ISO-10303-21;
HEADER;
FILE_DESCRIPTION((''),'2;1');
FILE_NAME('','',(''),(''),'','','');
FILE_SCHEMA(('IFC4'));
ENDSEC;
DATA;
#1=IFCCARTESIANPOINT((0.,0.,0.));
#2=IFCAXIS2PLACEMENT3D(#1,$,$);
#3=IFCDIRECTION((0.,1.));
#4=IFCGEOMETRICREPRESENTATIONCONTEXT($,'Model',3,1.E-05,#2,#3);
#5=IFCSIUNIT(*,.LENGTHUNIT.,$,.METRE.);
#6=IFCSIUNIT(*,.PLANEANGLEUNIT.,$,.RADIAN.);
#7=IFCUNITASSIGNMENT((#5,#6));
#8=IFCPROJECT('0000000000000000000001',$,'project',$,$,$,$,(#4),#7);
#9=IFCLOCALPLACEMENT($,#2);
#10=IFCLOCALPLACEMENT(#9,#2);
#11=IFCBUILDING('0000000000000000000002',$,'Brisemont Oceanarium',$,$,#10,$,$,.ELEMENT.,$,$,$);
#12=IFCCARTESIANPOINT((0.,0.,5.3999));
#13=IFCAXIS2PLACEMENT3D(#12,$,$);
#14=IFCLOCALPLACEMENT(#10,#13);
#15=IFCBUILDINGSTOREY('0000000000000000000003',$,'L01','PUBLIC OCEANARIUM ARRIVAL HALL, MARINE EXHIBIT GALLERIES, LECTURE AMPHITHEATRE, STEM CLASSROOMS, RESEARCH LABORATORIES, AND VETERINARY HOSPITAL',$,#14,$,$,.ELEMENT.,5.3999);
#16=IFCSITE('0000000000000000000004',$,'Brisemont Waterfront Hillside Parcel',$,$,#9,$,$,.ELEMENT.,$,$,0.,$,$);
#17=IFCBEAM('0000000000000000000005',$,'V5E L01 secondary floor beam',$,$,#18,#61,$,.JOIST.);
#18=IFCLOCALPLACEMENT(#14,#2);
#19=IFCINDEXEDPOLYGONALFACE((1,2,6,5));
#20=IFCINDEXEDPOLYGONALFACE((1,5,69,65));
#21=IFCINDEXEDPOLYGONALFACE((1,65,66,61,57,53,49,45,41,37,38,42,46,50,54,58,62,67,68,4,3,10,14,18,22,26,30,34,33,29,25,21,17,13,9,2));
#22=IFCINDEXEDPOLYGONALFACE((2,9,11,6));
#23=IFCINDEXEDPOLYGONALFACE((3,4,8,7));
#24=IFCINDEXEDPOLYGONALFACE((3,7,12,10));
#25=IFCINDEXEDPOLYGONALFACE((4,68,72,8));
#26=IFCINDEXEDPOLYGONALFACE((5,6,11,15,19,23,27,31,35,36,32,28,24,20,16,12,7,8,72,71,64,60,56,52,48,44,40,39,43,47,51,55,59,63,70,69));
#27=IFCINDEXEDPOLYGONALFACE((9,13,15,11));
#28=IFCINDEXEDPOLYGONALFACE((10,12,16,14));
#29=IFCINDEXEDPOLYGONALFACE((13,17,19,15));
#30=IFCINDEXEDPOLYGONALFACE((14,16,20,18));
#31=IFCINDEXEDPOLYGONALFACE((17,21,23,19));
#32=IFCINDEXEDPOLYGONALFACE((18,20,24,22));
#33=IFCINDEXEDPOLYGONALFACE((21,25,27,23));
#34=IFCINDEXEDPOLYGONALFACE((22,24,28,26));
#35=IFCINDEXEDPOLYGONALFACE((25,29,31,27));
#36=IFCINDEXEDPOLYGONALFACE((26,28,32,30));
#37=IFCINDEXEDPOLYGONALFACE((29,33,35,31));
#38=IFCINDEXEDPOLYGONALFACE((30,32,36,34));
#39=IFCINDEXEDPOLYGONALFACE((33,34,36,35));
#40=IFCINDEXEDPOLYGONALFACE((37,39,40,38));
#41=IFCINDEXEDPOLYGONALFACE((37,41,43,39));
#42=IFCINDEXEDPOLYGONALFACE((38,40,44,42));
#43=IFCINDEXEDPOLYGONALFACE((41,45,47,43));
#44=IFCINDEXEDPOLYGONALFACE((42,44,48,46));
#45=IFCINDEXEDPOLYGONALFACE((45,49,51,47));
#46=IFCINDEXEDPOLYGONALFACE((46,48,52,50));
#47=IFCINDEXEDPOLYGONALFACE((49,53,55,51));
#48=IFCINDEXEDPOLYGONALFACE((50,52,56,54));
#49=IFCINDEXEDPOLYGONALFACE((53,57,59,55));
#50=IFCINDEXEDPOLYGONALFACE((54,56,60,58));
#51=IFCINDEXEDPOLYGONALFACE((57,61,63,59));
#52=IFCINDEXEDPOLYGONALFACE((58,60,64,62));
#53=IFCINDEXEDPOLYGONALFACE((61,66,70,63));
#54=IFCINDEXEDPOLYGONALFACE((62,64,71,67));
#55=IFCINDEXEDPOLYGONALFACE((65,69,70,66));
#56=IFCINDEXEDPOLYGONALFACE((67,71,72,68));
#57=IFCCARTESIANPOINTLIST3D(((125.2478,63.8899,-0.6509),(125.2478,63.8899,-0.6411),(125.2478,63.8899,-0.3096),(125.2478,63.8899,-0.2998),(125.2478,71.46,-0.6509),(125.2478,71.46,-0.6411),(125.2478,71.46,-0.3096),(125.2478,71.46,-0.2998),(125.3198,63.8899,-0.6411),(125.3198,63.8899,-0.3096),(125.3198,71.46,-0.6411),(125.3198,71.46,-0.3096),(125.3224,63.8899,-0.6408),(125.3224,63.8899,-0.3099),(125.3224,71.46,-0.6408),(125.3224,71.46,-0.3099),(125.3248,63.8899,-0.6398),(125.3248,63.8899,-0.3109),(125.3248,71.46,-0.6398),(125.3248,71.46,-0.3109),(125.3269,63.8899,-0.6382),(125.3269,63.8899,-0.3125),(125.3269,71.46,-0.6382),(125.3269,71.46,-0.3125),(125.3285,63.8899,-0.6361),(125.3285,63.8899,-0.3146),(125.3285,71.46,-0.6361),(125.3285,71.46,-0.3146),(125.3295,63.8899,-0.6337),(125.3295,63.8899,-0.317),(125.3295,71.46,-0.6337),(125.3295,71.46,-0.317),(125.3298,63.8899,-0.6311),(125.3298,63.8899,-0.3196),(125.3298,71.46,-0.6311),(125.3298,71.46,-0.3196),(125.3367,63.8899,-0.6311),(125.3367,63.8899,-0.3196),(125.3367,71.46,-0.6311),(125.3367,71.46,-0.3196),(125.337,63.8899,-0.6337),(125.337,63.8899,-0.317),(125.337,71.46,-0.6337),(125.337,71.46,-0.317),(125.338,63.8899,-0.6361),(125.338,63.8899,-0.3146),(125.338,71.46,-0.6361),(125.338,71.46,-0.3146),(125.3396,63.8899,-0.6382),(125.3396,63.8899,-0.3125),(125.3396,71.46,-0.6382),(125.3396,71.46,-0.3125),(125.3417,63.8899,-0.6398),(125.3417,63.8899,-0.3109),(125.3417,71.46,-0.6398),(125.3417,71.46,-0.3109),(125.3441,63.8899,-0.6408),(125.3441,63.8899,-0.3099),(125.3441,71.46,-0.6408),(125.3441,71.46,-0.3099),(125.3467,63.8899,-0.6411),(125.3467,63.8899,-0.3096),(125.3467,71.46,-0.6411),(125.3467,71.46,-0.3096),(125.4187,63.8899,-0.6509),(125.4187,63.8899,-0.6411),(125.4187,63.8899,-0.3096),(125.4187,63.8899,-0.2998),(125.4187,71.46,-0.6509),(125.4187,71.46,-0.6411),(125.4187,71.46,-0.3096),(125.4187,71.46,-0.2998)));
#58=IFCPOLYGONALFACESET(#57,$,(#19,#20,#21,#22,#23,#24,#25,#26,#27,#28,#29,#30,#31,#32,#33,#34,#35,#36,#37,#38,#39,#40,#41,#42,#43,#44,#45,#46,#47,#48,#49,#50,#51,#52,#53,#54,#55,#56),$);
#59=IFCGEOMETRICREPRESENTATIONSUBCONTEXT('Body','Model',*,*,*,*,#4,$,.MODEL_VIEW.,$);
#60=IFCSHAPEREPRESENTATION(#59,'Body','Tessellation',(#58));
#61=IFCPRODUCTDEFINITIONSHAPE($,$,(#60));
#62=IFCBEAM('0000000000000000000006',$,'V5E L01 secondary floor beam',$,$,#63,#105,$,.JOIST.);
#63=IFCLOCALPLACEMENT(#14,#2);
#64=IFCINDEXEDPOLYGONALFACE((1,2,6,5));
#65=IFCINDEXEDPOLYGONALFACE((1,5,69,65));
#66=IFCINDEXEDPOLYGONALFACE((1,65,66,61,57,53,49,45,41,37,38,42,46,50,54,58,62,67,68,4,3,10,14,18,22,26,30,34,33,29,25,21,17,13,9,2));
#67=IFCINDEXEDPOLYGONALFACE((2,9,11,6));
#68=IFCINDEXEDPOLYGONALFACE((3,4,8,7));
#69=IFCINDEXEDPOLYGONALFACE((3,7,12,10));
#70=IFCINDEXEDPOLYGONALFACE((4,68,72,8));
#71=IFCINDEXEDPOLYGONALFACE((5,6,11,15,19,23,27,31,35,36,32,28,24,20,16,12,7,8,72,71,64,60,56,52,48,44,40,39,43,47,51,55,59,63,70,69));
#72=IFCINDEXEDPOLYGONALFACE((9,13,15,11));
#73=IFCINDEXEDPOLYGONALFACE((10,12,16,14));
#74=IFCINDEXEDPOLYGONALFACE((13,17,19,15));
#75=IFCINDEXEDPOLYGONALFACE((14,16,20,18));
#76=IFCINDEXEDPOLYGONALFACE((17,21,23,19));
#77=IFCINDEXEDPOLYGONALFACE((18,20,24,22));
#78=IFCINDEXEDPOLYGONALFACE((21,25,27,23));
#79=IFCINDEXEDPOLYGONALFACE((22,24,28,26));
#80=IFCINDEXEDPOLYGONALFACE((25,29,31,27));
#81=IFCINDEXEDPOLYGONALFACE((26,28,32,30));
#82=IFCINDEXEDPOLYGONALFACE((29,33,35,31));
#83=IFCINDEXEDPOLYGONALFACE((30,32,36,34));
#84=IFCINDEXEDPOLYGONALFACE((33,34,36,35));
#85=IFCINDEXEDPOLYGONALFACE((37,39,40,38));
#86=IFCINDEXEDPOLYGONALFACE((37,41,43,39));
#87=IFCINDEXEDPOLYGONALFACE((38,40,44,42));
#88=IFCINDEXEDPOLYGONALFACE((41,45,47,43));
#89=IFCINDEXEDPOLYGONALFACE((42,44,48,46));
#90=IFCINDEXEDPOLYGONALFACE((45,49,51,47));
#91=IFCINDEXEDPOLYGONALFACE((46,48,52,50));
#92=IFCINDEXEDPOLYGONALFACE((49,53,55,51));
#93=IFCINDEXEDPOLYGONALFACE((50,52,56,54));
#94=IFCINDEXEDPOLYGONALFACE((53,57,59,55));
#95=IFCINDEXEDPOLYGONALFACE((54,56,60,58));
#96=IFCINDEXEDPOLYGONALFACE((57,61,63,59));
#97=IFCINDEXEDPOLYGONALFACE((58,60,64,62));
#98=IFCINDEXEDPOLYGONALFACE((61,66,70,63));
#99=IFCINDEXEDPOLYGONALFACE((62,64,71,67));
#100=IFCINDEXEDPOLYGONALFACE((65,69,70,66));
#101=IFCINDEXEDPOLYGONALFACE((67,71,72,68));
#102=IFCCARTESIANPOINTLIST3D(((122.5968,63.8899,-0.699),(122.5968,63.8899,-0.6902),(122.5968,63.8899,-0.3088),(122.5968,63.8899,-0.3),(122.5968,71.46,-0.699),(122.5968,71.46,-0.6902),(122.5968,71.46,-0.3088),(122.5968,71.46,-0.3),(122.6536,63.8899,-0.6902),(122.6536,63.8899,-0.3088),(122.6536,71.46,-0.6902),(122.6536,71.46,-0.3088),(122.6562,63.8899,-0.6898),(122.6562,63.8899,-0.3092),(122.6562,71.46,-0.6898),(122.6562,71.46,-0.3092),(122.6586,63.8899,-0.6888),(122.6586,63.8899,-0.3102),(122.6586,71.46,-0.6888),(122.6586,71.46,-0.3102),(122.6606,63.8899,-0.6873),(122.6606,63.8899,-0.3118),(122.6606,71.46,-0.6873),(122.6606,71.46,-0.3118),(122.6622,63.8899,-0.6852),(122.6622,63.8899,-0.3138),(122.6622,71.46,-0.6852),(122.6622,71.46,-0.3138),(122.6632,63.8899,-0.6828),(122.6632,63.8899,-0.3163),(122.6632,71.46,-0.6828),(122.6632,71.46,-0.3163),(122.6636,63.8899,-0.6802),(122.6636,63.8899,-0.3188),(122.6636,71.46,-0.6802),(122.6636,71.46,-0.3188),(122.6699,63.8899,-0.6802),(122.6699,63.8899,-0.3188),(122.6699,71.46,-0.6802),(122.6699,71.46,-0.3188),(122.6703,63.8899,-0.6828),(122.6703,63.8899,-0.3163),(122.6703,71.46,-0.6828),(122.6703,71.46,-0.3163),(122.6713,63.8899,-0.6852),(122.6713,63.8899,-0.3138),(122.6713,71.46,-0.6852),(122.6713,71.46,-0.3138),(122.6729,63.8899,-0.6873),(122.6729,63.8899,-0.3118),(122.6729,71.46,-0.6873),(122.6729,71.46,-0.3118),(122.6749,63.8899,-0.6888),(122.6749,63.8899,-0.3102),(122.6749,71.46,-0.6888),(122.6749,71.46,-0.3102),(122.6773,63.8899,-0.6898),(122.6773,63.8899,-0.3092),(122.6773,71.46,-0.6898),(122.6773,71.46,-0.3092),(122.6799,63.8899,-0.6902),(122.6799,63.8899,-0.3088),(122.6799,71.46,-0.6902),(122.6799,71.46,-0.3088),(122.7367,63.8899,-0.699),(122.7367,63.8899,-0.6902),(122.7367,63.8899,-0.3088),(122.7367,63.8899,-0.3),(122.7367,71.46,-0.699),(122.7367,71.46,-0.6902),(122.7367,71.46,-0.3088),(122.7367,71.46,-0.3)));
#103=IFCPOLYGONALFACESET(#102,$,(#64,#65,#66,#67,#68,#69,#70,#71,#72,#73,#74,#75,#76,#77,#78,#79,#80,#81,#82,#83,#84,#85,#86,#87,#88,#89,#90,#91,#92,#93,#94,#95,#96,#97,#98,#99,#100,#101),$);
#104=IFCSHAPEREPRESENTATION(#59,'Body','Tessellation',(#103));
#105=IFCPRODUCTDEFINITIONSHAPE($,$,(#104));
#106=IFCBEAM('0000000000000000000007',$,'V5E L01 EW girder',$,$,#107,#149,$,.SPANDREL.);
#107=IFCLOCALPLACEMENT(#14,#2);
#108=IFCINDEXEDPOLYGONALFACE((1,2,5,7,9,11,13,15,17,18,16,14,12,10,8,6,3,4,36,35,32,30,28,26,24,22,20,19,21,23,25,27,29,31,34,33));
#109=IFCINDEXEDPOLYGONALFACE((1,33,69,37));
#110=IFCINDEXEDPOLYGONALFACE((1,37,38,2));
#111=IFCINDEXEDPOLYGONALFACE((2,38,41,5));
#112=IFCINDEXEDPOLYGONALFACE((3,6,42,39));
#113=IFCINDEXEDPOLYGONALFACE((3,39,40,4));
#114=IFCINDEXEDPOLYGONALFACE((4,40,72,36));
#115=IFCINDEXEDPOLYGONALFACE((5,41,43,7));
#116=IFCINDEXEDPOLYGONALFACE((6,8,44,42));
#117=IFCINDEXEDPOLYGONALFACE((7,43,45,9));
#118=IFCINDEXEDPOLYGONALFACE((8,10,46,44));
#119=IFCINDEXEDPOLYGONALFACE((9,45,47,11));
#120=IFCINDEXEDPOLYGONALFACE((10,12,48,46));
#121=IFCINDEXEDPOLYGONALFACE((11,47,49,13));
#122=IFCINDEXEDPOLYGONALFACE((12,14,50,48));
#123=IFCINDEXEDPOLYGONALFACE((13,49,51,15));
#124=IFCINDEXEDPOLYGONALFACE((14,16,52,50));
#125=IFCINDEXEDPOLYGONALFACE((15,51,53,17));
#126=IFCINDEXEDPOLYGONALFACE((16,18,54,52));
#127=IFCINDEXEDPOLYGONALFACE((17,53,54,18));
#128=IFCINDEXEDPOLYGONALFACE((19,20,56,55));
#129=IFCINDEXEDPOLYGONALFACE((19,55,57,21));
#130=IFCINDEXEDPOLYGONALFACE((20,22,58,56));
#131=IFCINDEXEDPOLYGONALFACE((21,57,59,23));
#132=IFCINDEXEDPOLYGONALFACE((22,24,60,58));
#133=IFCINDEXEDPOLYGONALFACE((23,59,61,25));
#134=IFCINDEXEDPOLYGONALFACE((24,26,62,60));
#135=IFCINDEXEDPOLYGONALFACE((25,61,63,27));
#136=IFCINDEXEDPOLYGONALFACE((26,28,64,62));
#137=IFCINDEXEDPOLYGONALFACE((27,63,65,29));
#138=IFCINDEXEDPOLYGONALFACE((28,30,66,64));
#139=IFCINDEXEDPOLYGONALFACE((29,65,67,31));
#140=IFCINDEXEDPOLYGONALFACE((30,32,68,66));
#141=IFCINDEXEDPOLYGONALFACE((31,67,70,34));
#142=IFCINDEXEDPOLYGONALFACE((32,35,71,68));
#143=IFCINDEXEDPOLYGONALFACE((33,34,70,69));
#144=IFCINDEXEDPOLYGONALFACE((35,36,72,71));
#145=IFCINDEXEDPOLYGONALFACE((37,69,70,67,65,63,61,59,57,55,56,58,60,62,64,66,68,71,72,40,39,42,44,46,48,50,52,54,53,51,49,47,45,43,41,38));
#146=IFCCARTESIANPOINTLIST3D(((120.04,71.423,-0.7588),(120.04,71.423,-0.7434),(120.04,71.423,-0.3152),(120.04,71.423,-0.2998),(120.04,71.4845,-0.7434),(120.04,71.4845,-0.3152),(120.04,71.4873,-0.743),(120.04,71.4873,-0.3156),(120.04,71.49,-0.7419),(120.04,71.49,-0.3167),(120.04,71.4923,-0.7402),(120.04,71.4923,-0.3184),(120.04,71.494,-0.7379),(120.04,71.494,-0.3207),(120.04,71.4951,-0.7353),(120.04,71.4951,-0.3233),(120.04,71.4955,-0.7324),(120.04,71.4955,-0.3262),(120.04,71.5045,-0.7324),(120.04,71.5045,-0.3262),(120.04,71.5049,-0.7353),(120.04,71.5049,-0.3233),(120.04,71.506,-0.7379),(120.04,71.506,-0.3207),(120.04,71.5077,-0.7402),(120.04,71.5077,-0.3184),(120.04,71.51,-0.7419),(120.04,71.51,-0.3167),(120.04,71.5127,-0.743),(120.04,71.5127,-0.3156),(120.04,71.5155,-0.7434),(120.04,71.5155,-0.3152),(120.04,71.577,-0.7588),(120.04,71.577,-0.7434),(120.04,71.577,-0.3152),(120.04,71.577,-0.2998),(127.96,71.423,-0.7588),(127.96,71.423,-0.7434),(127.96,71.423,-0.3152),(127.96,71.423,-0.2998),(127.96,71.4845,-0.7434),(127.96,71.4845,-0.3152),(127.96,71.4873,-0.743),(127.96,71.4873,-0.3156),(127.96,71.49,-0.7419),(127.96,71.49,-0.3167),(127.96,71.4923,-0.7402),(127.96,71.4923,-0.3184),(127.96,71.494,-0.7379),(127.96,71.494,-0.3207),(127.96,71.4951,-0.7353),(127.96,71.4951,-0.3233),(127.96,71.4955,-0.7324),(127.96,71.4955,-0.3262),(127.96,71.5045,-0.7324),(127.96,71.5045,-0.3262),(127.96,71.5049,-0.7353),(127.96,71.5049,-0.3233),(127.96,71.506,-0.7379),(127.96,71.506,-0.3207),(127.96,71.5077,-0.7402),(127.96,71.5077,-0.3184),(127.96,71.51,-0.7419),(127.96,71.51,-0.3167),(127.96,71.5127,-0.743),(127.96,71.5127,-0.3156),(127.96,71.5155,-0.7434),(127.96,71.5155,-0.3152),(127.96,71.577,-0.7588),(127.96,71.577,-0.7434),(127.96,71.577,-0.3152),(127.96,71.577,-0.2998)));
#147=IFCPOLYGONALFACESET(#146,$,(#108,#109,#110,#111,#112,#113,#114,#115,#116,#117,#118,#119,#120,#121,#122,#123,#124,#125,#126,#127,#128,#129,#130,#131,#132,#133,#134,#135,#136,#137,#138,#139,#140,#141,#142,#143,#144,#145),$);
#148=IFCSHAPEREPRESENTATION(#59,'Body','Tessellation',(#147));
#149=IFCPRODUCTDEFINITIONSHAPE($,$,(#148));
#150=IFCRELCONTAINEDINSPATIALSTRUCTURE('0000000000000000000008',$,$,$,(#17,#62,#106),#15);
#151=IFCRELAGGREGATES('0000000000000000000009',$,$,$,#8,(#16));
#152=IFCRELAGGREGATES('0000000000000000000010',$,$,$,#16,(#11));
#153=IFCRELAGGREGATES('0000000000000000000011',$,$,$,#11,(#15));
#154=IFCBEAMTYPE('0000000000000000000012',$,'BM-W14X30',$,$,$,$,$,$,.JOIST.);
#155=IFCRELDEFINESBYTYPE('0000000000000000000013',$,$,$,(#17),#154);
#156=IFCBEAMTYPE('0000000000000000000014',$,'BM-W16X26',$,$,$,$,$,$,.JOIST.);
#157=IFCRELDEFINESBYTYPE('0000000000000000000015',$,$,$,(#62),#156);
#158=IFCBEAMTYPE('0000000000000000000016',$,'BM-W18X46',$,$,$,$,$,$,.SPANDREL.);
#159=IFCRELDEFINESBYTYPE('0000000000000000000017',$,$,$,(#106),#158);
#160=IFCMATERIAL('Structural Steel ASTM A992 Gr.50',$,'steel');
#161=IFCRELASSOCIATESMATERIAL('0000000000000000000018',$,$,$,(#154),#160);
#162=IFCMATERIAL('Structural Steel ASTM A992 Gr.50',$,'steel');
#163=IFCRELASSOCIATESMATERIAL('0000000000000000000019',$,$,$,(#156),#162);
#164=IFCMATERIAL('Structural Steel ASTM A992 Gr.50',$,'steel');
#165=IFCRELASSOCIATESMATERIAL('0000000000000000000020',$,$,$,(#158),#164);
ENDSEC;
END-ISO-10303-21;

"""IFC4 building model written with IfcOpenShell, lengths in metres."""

from ifc_helpers import new_model, si_unit, direction, frame, origin, origin_2d, place, context, subcontext, project, spatial, i_section, extrude, material, material_profile, profile_set, type_object, element, save


model = new_model("IFC4")

# Units and contexts
model_context = context("Model", 3, precision=1e-05, world=origin(), true_north=direction((0.0, 1.0)))
body_context = subcontext(model_context, "Body", "Model", "MODEL_VIEW")
ifc_project = project(units=[si_unit("LENGTHUNIT", "METRE"), si_unit("PLANEANGLEUNIT", "RADIAN")], contexts=[model_context])

# Site, building, storey
site_placement = place(None, origin())
site = spatial("IfcSite", under=ifc_project, at=site_placement, Name="Brisemont Waterfront Hillside Parcel", CompositionType="ELEMENT", RefElevation=0.0)
building_placement = place(site_placement, origin())
building = spatial("IfcBuilding", under=site, at=building_placement, Name="Brisemont Oceanarium", CompositionType="ELEMENT")
storey_placement = place(building_placement, frame((0.0, 0.0, 5.3999)))
storey = spatial("IfcBuildingStorey", under=building, at=storey_placement, Name="L01", Description="PUBLIC OCEANARIUM ARRIVAL HALL, MARINE EXHIBIT GALLERIES, LECTURE AMPHITHEATRE, STEM CLASSROOMS, RESEARCH LABORATORIES, AND VETERINARY HOSPITAL", CompositionType="ELEMENT", Elevation=5.3999)

# Beams
ifc_material_1 = material(Name="Structural Steel ASTM A992 Gr.50", Category="steel")
ifc_material_profile_1 = material_profile(ifc_material_1, i_section(OverallWidth=0.1709, OverallDepth=0.3511, WebThickness=0.0068, FlangeThickness=0.0098, FilletRadius=0.01, at=origin_2d()), Name="W14X30")
ifc_profile_set_1 = profile_set([ifc_material_profile_1], Name="Structural Steel ASTM A992 Gr.50")
beam_type_1 = type_object("IfcBeamType", Name="BM-W14X30", PredefinedType="JOIST", material=ifc_profile_set_1)
beam_1_placement = place(storey_placement, frame((125.3333, 63.8899, -0.4753), z_axis=(0.0, 1.0, 0.0), x_axis=(-1.0, 0.0, 0.0)))
element("IfcBeam", 1, at=beam_1_placement, inside=storey, type_object=beam_type_1, Name="V5E L01 secondary floor beam", PredefinedType="JOIST", context=body_context, shape_type="SweptSolid", body=[
    extrude(i_section(OverallWidth=0.1709, OverallDepth=0.3511, WebThickness=0.0068, FlangeThickness=0.0098, FilletRadius=0.01, at=origin_2d()), origin(), (0.0, 0.0, 1.0), 7.5701),
])
ifc_material_2 = material(Name="Structural Steel ASTM A992 Gr.50", Category="steel")
ifc_material_profile_2 = material_profile(ifc_material_2, i_section(OverallWidth=0.1399, OverallDepth=0.3989, WebThickness=0.0063, FlangeThickness=0.0088, FilletRadius=0.01, at=origin_2d()), Name="W16X26")
ifc_profile_set_2 = profile_set([ifc_material_profile_2], Name="Structural Steel ASTM A992 Gr.50")
beam_type_2 = type_object("IfcBeamType", Name="BM-W16X26", PredefinedType="JOIST", material=ifc_profile_set_2)
beam_2_placement = place(storey_placement, frame((122.6667, 63.8899, -0.4995), z_axis=(0.0, 1.0, 0.0), x_axis=(-1.0, 0.0, 0.0)))
element("IfcBeam", 2, at=beam_2_placement, inside=storey, type_object=beam_type_2, Name="V5E L01 secondary floor beam", PredefinedType="JOIST", context=body_context, shape_type="SweptSolid", body=[
    extrude(i_section(OverallWidth=0.1399, OverallDepth=0.3989, WebThickness=0.0063, FlangeThickness=0.0088, FilletRadius=0.01, at=origin_2d()), origin(), (0.0, 0.0, 1.0), 7.5701),
])
ifc_material_3 = material(Name="Structural Steel ASTM A992 Gr.50", Category="steel")
ifc_material_profile_3 = material_profile(ifc_material_3, i_section(OverallWidth=0.1541, OverallDepth=0.459, WebThickness=0.009, FlangeThickness=0.0154, FilletRadius=0.011, at=origin_2d()), Name="W18X46")
ifc_profile_set_3 = profile_set([ifc_material_profile_3], Name="Structural Steel ASTM A992 Gr.50")
beam_type_3 = type_object("IfcBeamType", Name="BM-W18X46", PredefinedType="SPANDREL", material=ifc_profile_set_3)
beam_3_placement = place(storey_placement, frame((120.04, 71.5, -0.5293), z_axis=(1.0, 0.0, 0.0), x_axis=(0.0, 1.0, 0.0)))
element("IfcBeam", 3, at=beam_3_placement, inside=storey, type_object=beam_type_3, Name="V5E L01 EW girder", PredefinedType="SPANDREL", context=body_context, shape_type="SweptSolid", body=[
    extrude(i_section(OverallWidth=0.1541, OverallDepth=0.459, WebThickness=0.009, FlangeThickness=0.0154, FilletRadius=0.011, at=origin_2d()), origin(), (0.0, 0.0, 1.0), 7.9199),
])

save(model, "model.ifc")
